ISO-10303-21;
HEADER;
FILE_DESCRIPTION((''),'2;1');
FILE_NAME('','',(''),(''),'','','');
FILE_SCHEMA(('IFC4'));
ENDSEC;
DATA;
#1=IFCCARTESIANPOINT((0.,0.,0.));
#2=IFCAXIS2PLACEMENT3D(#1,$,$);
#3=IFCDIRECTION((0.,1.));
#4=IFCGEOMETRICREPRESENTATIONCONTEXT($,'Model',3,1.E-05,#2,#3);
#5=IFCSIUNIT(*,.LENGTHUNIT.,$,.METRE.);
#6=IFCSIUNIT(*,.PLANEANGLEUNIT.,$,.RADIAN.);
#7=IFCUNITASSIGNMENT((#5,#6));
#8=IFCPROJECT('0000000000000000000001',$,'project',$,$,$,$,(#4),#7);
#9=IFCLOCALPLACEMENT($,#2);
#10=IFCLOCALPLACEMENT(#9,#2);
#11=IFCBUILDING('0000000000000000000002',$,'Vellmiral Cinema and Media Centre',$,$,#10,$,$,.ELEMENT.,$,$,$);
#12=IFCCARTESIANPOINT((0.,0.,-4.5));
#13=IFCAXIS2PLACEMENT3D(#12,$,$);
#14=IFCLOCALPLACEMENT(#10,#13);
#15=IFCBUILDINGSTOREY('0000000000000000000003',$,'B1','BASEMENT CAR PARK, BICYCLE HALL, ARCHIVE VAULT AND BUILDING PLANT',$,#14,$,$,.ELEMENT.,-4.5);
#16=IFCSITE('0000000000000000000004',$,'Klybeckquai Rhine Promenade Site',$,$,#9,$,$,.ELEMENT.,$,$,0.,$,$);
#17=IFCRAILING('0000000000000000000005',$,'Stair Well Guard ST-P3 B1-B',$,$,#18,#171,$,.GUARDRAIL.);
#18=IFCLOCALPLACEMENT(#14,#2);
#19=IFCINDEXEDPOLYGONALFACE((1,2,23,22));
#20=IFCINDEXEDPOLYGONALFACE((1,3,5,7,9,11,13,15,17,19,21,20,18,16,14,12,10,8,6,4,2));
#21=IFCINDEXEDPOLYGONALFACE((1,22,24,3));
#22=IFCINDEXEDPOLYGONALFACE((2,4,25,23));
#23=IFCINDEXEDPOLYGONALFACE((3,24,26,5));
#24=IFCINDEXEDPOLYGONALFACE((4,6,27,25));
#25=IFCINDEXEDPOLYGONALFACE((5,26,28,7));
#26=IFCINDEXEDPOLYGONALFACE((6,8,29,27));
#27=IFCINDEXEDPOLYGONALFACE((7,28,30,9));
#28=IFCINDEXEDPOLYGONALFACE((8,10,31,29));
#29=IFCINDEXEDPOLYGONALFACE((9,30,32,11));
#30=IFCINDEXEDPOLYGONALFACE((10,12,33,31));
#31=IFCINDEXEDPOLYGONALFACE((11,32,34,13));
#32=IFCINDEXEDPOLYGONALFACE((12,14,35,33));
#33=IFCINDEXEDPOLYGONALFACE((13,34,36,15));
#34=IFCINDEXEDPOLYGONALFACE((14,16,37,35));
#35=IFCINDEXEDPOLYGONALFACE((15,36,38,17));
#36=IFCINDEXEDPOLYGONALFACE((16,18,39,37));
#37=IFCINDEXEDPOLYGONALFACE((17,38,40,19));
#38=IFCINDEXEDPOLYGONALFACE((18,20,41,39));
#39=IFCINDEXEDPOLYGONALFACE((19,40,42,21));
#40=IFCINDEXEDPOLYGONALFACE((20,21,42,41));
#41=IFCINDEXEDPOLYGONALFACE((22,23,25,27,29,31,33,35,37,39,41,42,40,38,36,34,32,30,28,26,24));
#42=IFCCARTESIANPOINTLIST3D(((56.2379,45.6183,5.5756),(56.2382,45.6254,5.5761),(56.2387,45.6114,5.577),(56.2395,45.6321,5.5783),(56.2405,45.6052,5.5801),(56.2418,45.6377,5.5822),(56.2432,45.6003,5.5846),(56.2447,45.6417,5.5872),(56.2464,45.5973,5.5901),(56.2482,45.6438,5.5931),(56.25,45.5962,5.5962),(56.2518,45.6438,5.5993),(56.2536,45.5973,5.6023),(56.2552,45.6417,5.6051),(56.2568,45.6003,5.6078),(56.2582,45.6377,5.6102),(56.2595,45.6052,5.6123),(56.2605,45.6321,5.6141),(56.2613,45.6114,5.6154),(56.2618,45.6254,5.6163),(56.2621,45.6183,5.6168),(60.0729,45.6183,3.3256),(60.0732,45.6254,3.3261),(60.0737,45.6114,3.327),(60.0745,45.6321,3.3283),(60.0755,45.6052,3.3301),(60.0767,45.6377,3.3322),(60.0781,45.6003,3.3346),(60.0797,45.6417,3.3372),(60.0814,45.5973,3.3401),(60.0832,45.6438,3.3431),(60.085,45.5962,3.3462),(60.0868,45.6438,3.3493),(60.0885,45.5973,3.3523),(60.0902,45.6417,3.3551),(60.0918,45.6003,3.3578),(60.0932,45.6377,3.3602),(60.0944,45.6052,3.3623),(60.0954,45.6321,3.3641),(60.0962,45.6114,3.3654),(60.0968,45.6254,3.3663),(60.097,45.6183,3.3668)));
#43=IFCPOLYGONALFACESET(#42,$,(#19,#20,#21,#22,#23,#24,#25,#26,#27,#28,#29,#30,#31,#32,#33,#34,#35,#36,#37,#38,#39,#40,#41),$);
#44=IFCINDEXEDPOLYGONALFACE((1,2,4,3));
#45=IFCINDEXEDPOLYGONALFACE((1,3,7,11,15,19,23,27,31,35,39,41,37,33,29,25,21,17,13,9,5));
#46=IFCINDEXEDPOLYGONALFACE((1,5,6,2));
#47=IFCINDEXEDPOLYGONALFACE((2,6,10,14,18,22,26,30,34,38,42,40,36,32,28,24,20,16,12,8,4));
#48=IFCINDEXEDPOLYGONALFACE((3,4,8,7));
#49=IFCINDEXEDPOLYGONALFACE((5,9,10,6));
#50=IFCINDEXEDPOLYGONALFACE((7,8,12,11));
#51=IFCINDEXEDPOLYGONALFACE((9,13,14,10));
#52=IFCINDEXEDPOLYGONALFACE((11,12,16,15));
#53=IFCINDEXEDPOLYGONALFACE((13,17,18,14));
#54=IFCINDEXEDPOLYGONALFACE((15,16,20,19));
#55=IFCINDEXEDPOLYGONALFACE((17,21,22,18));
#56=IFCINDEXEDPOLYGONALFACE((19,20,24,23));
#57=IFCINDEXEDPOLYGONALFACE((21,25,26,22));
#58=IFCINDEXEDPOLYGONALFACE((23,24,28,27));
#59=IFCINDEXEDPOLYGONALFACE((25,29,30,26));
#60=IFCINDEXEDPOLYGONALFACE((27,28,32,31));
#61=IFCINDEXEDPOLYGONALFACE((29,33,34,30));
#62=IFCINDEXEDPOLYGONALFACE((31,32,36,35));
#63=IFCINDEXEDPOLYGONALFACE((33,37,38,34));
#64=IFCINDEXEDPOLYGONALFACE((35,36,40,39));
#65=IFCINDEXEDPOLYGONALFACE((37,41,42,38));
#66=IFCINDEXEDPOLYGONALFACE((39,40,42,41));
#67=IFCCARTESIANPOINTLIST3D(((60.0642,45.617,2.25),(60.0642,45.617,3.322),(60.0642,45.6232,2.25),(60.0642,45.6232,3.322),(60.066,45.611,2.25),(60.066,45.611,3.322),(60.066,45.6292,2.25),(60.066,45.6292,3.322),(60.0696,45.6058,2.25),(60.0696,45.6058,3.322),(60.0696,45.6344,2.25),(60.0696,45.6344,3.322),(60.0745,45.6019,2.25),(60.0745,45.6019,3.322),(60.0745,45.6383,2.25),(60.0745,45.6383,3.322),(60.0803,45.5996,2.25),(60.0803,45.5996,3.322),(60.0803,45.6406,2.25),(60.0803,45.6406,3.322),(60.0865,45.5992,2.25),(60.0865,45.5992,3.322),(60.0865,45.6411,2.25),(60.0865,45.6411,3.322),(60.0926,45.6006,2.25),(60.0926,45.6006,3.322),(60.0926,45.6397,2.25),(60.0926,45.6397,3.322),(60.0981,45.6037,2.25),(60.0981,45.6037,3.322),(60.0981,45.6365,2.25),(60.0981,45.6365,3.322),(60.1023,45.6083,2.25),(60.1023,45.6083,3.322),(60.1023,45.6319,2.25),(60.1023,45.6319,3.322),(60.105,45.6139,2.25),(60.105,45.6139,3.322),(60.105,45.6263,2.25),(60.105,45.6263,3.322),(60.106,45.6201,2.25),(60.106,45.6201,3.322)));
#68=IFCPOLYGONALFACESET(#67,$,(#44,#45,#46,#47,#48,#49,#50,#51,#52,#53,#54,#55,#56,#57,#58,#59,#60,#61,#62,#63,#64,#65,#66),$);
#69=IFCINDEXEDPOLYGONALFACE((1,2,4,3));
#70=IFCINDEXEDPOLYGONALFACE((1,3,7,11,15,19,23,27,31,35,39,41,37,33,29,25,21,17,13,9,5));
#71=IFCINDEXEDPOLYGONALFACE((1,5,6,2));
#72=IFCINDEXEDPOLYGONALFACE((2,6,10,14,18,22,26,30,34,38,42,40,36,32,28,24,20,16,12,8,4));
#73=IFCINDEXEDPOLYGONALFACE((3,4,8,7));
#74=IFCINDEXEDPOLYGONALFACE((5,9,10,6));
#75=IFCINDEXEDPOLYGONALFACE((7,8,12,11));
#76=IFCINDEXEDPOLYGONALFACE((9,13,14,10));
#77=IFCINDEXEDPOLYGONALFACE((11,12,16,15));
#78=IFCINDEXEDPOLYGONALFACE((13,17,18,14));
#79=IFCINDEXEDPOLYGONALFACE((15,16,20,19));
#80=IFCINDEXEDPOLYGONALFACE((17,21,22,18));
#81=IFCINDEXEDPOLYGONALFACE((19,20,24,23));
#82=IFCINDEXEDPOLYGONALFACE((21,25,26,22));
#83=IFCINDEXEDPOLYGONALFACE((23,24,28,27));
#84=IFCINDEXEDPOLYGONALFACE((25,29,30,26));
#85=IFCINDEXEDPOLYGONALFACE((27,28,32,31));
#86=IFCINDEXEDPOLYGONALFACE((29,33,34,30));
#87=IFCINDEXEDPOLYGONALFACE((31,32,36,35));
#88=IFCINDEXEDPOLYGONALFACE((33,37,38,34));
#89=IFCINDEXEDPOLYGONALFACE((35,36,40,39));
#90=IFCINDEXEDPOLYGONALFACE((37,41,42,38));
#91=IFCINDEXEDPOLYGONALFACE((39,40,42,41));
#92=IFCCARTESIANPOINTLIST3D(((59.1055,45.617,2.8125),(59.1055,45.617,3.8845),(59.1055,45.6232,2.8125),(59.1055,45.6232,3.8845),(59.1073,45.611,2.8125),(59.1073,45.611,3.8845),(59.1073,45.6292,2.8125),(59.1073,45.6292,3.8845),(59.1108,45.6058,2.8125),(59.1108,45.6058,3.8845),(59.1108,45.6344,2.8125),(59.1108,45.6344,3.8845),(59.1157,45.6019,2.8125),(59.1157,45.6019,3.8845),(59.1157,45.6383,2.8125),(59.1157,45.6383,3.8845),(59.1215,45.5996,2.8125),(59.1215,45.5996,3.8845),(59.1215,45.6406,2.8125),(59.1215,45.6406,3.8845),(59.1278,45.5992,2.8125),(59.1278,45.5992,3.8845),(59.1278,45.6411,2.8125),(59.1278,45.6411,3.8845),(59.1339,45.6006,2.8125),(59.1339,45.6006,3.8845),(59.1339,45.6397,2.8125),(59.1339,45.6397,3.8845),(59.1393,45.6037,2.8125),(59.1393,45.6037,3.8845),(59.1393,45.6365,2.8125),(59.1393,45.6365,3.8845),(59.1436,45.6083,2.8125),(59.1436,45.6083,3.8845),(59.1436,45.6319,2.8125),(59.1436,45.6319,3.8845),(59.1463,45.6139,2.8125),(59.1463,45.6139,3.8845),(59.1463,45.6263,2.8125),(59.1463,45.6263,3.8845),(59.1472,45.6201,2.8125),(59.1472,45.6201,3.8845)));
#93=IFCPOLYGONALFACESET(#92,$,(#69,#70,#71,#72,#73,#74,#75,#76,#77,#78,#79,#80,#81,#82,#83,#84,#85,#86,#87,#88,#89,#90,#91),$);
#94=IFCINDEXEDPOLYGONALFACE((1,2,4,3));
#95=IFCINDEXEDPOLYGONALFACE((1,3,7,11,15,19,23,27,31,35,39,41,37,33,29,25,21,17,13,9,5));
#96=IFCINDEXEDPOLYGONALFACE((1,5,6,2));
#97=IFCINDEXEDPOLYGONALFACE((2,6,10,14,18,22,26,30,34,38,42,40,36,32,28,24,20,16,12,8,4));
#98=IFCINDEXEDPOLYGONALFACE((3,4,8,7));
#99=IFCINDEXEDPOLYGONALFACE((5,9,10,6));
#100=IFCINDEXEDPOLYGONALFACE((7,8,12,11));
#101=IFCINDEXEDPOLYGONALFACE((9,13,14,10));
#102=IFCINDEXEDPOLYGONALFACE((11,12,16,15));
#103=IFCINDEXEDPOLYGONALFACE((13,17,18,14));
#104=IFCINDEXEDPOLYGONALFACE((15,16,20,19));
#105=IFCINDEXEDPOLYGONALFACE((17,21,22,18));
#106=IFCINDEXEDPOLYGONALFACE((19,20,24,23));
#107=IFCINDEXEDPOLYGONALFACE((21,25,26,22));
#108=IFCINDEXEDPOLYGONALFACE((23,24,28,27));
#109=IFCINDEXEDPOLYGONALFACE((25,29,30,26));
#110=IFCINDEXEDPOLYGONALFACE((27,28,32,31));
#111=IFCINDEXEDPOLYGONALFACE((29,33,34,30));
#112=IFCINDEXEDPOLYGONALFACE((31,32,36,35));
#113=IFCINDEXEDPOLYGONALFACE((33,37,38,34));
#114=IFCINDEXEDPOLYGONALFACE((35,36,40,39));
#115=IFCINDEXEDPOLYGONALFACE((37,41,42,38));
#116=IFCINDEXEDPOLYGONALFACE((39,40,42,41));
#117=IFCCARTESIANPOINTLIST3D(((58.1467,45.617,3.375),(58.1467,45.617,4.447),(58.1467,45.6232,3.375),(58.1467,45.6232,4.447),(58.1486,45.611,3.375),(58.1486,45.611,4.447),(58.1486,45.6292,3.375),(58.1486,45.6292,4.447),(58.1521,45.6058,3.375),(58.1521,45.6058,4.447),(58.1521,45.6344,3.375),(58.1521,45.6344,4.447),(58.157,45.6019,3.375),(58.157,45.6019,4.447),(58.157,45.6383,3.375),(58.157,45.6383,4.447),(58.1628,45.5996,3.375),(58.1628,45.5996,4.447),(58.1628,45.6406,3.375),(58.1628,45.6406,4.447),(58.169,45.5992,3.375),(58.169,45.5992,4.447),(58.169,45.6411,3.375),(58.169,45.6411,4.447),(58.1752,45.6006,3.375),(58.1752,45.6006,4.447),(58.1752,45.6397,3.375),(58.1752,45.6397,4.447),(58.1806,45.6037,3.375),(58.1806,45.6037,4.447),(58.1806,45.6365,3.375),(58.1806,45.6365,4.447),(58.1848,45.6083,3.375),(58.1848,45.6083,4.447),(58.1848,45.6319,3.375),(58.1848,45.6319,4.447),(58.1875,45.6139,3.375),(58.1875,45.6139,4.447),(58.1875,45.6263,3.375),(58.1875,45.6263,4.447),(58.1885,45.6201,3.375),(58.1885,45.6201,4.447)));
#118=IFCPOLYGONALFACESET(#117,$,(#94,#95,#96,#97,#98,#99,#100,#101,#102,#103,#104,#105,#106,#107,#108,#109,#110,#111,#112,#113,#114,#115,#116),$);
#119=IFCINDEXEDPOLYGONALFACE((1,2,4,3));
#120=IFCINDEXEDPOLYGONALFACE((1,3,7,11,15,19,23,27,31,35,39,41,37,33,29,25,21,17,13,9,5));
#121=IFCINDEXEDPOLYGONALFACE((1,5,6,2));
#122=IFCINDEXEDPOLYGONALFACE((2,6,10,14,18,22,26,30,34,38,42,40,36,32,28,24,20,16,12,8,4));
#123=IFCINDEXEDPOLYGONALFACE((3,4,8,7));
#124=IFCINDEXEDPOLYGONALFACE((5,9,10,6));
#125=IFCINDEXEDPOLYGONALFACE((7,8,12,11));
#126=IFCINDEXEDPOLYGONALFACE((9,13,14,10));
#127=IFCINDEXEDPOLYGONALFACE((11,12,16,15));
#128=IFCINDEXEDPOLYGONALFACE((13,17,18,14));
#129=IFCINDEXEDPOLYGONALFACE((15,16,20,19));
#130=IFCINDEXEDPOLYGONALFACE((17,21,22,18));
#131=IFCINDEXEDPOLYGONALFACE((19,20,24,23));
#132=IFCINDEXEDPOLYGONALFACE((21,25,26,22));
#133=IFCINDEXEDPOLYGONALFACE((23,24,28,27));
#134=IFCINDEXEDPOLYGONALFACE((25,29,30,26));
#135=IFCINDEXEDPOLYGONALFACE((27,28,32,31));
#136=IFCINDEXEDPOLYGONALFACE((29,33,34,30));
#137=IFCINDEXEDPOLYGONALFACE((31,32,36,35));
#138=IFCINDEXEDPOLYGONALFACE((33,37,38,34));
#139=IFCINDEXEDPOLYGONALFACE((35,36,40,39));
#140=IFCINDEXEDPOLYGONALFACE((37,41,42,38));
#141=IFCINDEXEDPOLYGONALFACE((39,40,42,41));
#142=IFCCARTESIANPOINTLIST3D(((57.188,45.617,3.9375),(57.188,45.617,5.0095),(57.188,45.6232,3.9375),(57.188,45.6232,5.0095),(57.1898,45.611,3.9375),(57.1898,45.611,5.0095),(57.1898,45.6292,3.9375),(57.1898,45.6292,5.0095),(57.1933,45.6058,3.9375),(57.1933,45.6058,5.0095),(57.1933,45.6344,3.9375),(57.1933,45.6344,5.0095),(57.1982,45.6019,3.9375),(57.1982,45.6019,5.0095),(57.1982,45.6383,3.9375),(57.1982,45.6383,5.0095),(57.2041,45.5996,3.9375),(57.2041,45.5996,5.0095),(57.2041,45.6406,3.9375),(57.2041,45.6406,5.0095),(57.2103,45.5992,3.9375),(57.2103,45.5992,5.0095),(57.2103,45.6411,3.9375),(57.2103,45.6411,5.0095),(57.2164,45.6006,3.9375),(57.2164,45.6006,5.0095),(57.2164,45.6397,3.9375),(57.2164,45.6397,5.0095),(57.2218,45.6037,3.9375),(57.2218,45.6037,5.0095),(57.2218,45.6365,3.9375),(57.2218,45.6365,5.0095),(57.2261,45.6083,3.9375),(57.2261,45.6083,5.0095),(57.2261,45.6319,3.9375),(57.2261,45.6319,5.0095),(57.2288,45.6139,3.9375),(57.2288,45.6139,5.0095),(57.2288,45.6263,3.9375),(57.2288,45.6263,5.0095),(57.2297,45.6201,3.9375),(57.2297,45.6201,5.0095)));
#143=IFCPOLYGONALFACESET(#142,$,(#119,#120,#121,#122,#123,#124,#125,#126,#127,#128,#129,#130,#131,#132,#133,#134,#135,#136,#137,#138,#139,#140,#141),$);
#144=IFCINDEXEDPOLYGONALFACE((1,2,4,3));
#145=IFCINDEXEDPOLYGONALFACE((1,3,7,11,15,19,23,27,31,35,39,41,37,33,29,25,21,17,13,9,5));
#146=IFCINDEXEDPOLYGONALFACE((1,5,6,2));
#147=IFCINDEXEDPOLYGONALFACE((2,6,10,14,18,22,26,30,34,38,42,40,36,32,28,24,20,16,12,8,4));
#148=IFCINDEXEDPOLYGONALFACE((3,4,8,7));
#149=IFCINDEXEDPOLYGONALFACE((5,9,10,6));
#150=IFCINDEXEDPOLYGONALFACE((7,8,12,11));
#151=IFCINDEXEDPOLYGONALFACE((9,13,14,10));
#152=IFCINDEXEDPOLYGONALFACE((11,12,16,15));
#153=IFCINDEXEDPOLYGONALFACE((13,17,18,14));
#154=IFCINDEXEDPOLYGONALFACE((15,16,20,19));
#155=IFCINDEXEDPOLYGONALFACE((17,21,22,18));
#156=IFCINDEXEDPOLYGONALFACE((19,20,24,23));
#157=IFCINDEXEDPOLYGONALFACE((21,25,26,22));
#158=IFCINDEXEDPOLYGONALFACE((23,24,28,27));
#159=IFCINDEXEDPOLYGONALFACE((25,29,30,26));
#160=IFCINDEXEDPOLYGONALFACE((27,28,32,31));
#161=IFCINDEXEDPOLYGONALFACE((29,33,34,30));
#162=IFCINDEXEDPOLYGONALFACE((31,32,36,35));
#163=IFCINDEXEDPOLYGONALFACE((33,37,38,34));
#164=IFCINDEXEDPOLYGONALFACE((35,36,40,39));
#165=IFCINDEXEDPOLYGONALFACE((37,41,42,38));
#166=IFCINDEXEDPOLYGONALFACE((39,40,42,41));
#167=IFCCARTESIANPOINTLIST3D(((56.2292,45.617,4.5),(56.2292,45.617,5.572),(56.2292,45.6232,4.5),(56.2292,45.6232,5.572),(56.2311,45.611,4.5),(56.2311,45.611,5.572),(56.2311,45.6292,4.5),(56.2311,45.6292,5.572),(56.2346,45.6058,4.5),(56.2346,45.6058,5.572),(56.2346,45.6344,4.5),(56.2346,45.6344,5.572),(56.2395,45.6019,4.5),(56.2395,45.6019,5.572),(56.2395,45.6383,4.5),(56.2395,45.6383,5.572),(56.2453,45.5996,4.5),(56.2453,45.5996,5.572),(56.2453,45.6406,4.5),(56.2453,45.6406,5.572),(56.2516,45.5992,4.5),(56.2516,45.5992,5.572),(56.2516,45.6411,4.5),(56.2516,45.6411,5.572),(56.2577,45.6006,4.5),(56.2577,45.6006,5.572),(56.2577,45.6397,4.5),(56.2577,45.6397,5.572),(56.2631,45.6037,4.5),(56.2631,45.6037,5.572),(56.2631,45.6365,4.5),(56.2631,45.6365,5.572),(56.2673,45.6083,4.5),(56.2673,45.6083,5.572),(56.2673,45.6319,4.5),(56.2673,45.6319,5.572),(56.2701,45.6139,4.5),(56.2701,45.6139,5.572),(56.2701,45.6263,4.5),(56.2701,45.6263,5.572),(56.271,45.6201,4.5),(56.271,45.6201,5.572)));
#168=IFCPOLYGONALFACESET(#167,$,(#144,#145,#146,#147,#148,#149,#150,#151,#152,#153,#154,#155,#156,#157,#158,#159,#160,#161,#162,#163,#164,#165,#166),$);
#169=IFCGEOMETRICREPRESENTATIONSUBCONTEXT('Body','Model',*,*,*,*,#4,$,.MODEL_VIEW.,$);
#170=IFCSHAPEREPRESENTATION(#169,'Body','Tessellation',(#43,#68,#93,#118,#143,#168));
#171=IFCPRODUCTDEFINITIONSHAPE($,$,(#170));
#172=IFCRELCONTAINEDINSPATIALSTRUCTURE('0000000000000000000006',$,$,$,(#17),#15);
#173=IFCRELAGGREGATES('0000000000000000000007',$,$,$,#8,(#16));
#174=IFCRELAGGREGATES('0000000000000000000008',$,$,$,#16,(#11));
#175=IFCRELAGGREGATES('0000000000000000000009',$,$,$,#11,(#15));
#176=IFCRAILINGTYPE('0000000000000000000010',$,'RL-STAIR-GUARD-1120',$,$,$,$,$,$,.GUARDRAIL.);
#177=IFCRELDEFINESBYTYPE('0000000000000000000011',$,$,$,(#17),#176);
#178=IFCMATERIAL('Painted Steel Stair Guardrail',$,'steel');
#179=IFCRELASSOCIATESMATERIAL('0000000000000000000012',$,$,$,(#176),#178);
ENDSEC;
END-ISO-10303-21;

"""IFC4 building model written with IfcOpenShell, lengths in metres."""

from ifc_helpers import new_model, si_unit, direction, frame, origin, origin_2d, place, context, subcontext, project, spatial, circle, extrude, material, type_object, element, save


model = new_model("IFC4")

# Units and contexts
model_context = context("Model", 3, precision=1e-05, world=origin(), true_north=direction((0.0, 1.0)))
body_context = subcontext(model_context, "Body", "Model", "MODEL_VIEW")
ifc_project = project(units=[si_unit("LENGTHUNIT", "METRE"), si_unit("PLANEANGLEUNIT", "RADIAN")], contexts=[model_context])

# Site, building, storey
site_placement = place(None, origin())
site = spatial("IfcSite", under=ifc_project, at=site_placement, Name="Klybeckquai Rhine Promenade Site", CompositionType="ELEMENT", RefElevation=0.0)
building_placement = place(site_placement, origin())
building = spatial("IfcBuilding", under=site, at=building_placement, Name="Vellmiral Cinema and Media Centre", CompositionType="ELEMENT")
storey_placement = place(building_placement, frame((0.0, 0.0, -4.5)))
storey = spatial("IfcBuildingStorey", under=building, at=storey_placement, Name="B1", Description="BASEMENT CAR PARK, BICYCLE HALL, ARCHIVE VAULT AND BUILDING PLANT", CompositionType="ELEMENT", Elevation=-4.5)

# Railing
ifc_material_1 = material(Name="Painted Steel Stair Guardrail", Category="steel")
railing_type_1 = type_object("IfcRailingType", Name="RL-STAIR-GUARD-1120", PredefinedType="GUARDRAIL", material=ifc_material_1)
railing_1_placement = place(storey_placement, frame((60.085, 45.6201, 2.25)))
element("IfcRailing", 1, at=railing_1_placement, inside=storey, type_object=railing_type_1, Name="Stair Well Guard ST-P3 B1-B", PredefinedType="GUARDRAIL", context=body_context, shape_type="SweptSolid", body=[
    extrude(circle(Radius=0.0239, at=origin_2d()), frame((0.0, 0.0, 1.0962), z_axis=(-0.86251, 0.0, 0.506041), x_axis=(0.0, -1.0, 0.0)), (0.0, 0.0, 1.0), 4.4463),
    extrude(circle(Radius=0.021, at=origin_2d()), origin(), (0.0, 0.0, 1.0), 1.072),
    extrude(circle(Radius=0.021, at=origin_2d()), frame((-0.9587, 0.0, 0.5625)), (0.0, 0.0, 1.0), 1.072),
    extrude(circle(Radius=0.021, at=origin_2d()), frame((-1.9175, 0.0, 1.125)), (0.0, 0.0, 1.0), 1.072),
    extrude(circle(Radius=0.021, at=origin_2d()), frame((-2.8762, 0.0, 1.6875)), (0.0, 0.0, 1.0), 1.072),
    extrude(circle(Radius=0.021, at=origin_2d()), frame((-3.835, 0.0, 2.25)), (0.0, 0.0, 1.0), 1.072),
])

save(model, "model.ifc")
